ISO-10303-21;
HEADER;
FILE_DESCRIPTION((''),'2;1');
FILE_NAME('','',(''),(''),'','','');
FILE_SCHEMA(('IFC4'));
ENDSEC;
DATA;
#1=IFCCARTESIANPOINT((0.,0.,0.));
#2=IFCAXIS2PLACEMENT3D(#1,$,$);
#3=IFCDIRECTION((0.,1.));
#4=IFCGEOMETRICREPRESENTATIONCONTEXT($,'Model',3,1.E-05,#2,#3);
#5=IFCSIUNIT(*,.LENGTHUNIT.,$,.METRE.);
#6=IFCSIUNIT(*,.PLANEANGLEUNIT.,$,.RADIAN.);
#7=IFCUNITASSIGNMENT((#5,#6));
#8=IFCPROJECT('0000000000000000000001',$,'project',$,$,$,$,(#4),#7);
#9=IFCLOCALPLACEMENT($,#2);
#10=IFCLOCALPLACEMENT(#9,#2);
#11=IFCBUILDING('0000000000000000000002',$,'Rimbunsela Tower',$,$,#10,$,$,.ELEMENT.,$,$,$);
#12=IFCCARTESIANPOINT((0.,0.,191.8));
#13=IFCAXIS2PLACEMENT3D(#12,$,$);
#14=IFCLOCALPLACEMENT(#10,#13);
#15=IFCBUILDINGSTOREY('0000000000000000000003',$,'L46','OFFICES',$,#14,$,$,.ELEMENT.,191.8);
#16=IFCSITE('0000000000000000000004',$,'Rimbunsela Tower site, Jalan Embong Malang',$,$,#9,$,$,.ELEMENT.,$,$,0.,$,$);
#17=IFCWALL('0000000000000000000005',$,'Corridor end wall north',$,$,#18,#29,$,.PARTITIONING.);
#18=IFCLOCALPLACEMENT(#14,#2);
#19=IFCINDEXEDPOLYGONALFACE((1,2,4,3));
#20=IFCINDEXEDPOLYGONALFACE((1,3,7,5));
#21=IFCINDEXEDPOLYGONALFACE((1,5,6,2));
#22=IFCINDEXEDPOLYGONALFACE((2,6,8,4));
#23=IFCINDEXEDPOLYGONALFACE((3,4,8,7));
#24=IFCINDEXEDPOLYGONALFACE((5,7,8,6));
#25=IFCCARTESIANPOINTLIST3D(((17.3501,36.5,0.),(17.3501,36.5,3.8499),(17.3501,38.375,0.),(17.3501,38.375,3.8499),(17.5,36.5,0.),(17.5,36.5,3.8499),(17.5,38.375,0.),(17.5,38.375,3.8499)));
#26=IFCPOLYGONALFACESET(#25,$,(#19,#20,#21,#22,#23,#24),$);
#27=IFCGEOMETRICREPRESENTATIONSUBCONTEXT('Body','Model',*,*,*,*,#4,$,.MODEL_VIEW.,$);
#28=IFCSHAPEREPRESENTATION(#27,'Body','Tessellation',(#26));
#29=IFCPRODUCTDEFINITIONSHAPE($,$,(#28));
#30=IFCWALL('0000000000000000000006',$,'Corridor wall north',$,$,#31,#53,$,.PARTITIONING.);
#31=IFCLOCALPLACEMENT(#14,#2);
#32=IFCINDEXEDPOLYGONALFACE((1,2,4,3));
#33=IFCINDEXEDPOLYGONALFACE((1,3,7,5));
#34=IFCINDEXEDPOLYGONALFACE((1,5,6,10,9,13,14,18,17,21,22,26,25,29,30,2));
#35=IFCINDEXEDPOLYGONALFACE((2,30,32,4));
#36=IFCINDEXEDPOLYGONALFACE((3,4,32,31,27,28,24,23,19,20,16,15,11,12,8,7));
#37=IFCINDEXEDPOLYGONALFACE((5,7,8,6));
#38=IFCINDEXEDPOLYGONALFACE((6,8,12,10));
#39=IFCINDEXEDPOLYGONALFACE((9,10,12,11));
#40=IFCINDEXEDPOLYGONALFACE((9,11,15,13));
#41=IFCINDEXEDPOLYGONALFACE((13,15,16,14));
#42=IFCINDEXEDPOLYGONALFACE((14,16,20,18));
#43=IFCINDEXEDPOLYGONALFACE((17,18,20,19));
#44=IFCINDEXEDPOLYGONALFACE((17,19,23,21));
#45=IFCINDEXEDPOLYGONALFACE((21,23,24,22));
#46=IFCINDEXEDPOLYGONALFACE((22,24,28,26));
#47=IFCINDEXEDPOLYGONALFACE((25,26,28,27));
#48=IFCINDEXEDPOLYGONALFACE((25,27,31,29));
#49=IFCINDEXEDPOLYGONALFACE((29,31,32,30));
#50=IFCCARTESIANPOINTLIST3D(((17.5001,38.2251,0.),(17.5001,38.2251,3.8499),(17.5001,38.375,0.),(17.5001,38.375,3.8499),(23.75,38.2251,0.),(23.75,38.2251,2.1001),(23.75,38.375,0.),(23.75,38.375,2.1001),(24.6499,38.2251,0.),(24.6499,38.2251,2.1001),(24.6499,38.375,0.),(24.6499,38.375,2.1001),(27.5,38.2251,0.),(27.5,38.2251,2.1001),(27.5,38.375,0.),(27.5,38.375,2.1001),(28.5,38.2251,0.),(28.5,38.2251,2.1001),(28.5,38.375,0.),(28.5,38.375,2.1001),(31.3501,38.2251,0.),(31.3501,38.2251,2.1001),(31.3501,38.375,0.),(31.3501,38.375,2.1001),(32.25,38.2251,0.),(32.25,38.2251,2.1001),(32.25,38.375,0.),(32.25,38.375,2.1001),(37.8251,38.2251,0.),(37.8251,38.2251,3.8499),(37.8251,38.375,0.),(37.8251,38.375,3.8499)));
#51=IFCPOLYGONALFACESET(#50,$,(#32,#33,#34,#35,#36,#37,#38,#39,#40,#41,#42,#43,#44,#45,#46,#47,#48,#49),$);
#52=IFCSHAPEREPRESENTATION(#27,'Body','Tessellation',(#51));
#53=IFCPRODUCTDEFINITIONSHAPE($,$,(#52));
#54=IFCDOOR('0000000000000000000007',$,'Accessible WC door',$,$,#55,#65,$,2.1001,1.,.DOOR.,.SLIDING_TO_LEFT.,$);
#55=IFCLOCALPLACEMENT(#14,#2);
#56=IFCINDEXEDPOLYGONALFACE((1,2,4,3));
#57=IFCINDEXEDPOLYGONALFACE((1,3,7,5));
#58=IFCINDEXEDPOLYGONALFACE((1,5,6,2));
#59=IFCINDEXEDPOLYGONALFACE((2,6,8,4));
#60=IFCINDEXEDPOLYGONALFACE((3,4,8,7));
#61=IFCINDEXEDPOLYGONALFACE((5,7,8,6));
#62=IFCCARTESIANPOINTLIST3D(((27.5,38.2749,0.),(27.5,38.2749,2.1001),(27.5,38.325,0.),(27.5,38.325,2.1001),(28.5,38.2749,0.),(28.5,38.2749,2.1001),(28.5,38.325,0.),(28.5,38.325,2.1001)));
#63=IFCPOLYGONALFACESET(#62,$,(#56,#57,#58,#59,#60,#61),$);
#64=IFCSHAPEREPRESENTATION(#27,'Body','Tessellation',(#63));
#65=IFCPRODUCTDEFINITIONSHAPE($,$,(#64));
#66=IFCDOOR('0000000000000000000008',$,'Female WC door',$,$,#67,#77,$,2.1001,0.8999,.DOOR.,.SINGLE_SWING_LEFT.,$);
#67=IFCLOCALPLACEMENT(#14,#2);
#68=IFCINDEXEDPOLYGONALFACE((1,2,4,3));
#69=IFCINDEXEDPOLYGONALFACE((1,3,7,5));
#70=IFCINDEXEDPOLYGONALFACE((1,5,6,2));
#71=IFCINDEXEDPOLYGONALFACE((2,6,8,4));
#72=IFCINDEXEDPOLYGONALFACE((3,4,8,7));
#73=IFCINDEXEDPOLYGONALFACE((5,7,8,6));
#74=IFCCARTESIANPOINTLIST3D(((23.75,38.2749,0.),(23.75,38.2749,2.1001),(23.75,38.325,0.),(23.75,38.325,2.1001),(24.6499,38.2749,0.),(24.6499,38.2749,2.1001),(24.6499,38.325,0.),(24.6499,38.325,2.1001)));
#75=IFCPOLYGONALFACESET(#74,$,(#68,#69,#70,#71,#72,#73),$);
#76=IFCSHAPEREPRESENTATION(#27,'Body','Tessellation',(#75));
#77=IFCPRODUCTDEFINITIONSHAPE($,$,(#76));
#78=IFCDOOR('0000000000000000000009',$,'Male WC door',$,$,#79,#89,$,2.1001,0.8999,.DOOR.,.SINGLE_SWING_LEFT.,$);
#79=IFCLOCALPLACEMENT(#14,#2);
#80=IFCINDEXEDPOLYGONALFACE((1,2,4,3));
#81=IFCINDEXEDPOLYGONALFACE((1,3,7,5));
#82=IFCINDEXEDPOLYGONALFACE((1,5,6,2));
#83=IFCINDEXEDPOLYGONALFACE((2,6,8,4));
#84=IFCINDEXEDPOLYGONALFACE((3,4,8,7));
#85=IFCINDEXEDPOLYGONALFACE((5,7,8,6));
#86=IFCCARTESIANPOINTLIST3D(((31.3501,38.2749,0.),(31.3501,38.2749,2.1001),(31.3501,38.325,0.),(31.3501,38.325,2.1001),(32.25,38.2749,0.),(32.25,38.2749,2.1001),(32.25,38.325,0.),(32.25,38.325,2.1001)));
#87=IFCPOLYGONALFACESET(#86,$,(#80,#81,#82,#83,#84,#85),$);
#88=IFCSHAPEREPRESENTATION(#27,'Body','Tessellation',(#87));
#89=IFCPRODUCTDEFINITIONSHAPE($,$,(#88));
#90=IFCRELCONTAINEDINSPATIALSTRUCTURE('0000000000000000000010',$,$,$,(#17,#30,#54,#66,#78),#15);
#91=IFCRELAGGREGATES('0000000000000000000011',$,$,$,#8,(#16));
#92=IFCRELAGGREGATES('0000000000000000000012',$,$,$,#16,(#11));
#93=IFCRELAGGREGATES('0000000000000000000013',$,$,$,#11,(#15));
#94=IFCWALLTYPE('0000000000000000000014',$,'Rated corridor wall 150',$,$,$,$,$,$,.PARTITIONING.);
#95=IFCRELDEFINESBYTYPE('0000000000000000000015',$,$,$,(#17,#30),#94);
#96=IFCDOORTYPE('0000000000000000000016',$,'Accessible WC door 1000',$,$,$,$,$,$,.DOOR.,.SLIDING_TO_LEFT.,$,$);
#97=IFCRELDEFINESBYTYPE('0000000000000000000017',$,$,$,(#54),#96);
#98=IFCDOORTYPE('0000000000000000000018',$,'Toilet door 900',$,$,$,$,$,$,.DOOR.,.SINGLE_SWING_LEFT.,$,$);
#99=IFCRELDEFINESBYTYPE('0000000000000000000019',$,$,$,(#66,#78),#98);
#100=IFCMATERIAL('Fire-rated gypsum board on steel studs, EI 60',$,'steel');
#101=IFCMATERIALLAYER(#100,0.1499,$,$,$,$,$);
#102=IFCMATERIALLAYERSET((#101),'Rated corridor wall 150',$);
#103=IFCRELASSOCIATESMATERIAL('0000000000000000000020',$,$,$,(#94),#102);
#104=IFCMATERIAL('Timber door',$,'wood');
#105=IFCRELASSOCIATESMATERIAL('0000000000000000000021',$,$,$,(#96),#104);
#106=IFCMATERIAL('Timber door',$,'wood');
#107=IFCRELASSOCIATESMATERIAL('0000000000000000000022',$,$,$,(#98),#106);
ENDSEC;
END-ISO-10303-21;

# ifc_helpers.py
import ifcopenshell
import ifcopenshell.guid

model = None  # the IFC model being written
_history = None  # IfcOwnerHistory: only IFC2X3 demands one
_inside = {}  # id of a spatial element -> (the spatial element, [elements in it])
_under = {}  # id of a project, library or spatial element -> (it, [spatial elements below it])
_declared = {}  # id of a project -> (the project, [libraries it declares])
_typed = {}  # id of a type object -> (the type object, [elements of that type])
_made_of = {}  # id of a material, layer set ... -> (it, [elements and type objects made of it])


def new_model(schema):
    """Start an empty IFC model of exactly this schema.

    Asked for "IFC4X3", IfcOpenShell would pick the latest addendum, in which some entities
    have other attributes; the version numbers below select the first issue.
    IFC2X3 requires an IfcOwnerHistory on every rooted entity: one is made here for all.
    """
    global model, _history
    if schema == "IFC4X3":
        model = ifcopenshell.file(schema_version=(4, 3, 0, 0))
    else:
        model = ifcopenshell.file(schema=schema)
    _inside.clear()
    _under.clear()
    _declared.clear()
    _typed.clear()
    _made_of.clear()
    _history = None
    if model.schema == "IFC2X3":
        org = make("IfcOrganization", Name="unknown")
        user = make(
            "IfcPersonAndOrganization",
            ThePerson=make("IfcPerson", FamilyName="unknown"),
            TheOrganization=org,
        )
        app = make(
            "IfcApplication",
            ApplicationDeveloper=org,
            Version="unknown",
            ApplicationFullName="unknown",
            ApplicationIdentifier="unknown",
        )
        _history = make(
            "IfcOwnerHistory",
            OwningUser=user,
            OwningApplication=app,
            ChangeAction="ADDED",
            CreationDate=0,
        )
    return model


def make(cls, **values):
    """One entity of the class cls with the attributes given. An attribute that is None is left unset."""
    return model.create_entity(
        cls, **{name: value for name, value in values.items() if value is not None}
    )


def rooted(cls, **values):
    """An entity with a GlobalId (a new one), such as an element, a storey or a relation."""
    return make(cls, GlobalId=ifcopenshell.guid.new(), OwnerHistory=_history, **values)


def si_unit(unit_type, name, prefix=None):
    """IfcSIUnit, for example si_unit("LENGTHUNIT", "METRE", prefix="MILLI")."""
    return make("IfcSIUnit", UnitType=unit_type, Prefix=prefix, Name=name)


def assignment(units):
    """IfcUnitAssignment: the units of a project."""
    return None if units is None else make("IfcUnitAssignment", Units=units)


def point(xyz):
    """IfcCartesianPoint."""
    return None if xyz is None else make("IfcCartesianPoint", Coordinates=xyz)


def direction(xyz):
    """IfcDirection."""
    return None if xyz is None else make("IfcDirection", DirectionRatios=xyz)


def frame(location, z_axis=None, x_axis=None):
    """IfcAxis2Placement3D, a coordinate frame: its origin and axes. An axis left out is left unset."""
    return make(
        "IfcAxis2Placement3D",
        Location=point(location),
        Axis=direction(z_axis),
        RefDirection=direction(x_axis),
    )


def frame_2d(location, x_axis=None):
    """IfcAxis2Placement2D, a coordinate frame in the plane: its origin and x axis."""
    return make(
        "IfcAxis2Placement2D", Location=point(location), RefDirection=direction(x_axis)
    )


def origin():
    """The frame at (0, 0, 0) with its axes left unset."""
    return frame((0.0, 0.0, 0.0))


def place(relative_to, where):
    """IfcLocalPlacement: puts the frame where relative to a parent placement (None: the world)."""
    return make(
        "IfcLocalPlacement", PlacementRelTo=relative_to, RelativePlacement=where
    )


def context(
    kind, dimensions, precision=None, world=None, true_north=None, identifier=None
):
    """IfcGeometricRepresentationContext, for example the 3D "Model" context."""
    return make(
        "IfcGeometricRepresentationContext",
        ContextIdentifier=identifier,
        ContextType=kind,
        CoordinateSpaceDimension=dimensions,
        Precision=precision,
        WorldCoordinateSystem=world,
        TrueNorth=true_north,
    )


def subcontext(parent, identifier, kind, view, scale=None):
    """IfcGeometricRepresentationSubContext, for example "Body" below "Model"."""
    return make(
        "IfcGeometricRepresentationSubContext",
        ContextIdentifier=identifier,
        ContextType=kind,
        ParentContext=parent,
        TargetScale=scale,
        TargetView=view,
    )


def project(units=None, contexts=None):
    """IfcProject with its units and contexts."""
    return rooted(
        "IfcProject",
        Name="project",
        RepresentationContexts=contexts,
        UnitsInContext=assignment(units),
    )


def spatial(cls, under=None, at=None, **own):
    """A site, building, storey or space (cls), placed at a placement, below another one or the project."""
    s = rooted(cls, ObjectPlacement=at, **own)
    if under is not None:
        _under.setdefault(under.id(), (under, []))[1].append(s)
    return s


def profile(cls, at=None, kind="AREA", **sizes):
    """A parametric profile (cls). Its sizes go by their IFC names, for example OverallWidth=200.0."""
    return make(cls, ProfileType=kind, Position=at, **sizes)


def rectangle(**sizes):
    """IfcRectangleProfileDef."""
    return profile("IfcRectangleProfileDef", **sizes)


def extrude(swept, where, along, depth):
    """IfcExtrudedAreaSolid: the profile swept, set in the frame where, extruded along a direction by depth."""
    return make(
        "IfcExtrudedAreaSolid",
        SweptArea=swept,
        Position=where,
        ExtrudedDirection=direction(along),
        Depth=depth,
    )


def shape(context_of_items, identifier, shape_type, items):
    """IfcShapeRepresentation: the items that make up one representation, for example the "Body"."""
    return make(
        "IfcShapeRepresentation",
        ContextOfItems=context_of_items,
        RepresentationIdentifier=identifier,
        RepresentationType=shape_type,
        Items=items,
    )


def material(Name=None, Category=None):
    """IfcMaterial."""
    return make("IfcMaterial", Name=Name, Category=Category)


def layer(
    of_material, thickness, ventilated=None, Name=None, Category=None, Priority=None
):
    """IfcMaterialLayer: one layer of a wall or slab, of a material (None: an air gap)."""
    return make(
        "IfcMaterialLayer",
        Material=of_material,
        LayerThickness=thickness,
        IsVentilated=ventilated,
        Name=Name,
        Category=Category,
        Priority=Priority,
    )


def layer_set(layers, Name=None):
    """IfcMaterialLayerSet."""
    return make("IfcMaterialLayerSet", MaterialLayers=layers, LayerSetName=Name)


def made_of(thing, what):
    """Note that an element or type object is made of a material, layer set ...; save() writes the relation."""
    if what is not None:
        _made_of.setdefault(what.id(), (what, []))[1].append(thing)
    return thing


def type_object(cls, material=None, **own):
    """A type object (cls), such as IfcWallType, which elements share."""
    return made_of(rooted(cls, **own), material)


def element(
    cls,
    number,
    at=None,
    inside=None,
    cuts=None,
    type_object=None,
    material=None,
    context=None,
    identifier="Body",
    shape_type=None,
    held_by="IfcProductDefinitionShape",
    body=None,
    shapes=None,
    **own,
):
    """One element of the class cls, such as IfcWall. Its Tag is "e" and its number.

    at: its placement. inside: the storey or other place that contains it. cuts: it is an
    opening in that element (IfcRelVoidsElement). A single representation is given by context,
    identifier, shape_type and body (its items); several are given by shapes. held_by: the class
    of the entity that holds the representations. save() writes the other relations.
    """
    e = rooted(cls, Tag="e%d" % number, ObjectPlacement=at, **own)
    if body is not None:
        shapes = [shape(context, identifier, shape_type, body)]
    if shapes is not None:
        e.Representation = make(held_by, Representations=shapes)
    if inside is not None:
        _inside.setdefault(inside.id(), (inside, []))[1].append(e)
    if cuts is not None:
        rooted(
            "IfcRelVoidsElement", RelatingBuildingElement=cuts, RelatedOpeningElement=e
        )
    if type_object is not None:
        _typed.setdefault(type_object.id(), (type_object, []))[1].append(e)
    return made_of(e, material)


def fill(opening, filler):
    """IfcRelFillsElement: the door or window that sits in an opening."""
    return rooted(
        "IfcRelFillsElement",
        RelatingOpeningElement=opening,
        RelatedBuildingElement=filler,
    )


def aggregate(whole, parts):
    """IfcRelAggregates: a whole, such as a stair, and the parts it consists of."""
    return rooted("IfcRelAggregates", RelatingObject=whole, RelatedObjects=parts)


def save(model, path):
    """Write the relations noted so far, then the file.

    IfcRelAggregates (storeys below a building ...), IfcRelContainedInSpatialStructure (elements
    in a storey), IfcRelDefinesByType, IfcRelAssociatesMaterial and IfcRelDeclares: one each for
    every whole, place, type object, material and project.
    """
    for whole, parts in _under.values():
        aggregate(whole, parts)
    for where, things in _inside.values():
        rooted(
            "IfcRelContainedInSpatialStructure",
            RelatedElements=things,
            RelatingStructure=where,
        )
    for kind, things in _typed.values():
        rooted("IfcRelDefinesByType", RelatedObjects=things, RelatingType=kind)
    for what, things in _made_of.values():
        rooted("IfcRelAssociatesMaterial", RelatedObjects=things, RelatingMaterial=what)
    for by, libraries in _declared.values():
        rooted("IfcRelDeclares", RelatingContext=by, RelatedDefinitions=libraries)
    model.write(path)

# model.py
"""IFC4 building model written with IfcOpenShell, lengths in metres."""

from ifc_helpers import new_model, si_unit, direction, frame, frame_2d, origin, place, context, subcontext, project, spatial, rectangle, extrude, material, layer, layer_set, type_object, element, fill, save


model = new_model("IFC4")

# Units and contexts
model_context = context("Model", 3, precision=1e-05, world=origin(), true_north=direction((0.0, 1.0)))
body_context = subcontext(model_context, "Body", "Model", "MODEL_VIEW")
ifc_project = project(units=[si_unit("LENGTHUNIT", "METRE"), si_unit("PLANEANGLEUNIT", "RADIAN")], contexts=[model_context])

# Site, building, storey
site_placement = place(None, origin())
site = spatial("IfcSite", under=ifc_project, at=site_placement, Name="Rimbunsela Tower site, Jalan Embong Malang", CompositionType="ELEMENT", RefElevation=0.0)
building_placement = place(site_placement, origin())
building = spatial("IfcBuilding", under=site, at=building_placement, Name="Rimbunsela Tower", CompositionType="ELEMENT")
storey_placement = place(building_placement, frame((0.0, 0.0, 191.8)))
storey = spatial("IfcBuildingStorey", under=building, at=storey_placement, Name="L46", Description="OFFICES", CompositionType="ELEMENT", Elevation=191.8)

# Wall
ifc_material_1 = material(Name="Fire-rated gypsum board on steel studs, EI 60", Category="steel")
ifc_layer_1 = layer(ifc_material_1, 0.1499)
ifc_layer_set_1 = layer_set([ifc_layer_1], Name="Rated corridor wall 150")
wall_type_1 = type_object("IfcWallType", Name="Rated corridor wall 150", PredefinedType="PARTITIONING", material=ifc_layer_set_1)
wall_1_placement = place(storey_placement, frame((17.425, 36.5, 0.0), z_axis=(0.0, 0.0, 1.0), x_axis=(0.0, 1.0, 0.0)))
element("IfcWall", 1, at=wall_1_placement, inside=storey, type_object=wall_type_1, Name="Corridor end wall north", PredefinedType="PARTITIONING", context=body_context, shape_type="SweptSolid", body=[
    extrude(rectangle(XDim=1.875, YDim=0.1499, at=frame_2d((0.9375, 0.0))), origin(), (0.0, 0.0, 1.0), 3.8499),
])

# Wall, openings, doors
wall_2_placement = place(storey_placement, frame((17.5, 38.3, 0.0), z_axis=(0.0, 0.0, 1.0), x_axis=(1.0, 0.0, 0.0)))
wall_2 = element("IfcWall", 2, at=wall_2_placement, inside=storey, type_object=wall_type_1, Name="Corridor wall north", PredefinedType="PARTITIONING", context=body_context, shape_type="SweptSolid", body=[
    extrude(rectangle(XDim=20.325, YDim=0.1499, at=frame_2d((10.1626, 0.0))), origin(), (0.0, 0.0, 1.0), 3.8499),
])
opening_1_placement = place(wall_2_placement, frame((6.25, 0.0, 0.0)))
opening_1 = element("IfcOpeningElement", 3, at=opening_1_placement, cuts=wall_2, PredefinedType="OPENING", context=body_context, shape_type="SweptSolid", body=[
    extrude(rectangle(XDim=0.8999, YDim=2.1001, at=frame_2d((0.45, 1.05))), frame((0.0, 0.085, 0.0), z_axis=(0.0, -1.0, 0.0), x_axis=(1.0, 0.0, 0.0)), (0.0, 0.0, 1.0), 0.1699),
])
opening_2_placement = place(wall_2_placement, frame((10.0, 0.0, 0.0)))
opening_2 = element("IfcOpeningElement", 4, at=opening_2_placement, cuts=wall_2, PredefinedType="OPENING", context=body_context, shape_type="SweptSolid", body=[
    extrude(rectangle(XDim=1.0, YDim=2.1001, at=frame_2d((0.5, 1.05))), frame((0.0, 0.085, 0.0), z_axis=(0.0, -1.0, 0.0), x_axis=(1.0, 0.0, 0.0)), (0.0, 0.0, 1.0), 0.1699),
])
opening_3_placement = place(wall_2_placement, frame((13.8501, 0.0, 0.0)))
opening_3 = element("IfcOpeningElement", 5, at=opening_3_placement, cuts=wall_2, PredefinedType="OPENING", context=body_context, shape_type="SweptSolid", body=[
    extrude(rectangle(XDim=0.8999, YDim=2.1001, at=frame_2d((0.45, 1.05))), frame((0.0, 0.085, 0.0), z_axis=(0.0, -1.0, 0.0), x_axis=(1.0, 0.0, 0.0)), (0.0, 0.0, 1.0), 0.1699),
])
ifc_material_2 = material(Name="Timber door", Category="wood")
door_type_1 = type_object("IfcDoorType", Name="Accessible WC door 1000", OperationType="SLIDING_TO_LEFT", PredefinedType="DOOR", material=ifc_material_2)
door_1_placement = place(opening_2_placement, origin())
door_1 = element("IfcDoor", 6, at=door_1_placement, inside=storey, type_object=door_type_1, Name="Accessible WC door", OperationType="SLIDING_TO_LEFT", OverallHeight=2.1001, OverallWidth=1.0, PredefinedType="DOOR", context=body_context, shape_type="SweptSolid", body=[
    extrude(rectangle(XDim=1.0, YDim=2.1001, at=frame_2d((0.5, 1.05))), frame((0.0, 0.0249, 0.0), z_axis=(0.0, -1.0, 0.0), x_axis=(1.0, 0.0, 0.0)), (0.0, 0.0, 1.0), 0.05),
])
fill(opening_2, door_1)
ifc_material_3 = material(Name="Timber door", Category="wood")
door_type_2 = type_object("IfcDoorType", Name="Toilet door 900", OperationType="SINGLE_SWING_LEFT", PredefinedType="DOOR", material=ifc_material_3)
door_2_placement = place(opening_1_placement, origin())
door_2 = element("IfcDoor", 7, at=door_2_placement, inside=storey, type_object=door_type_2, Name="Female WC door", OperationType="SINGLE_SWING_LEFT", OverallHeight=2.1001, OverallWidth=0.8999, PredefinedType="DOOR", context=body_context, shape_type="SweptSolid", body=[
    extrude(rectangle(XDim=0.8999, YDim=2.1001, at=frame_2d((0.45, 1.05))), frame((0.0, 0.0249, 0.0), z_axis=(0.0, -1.0, 0.0), x_axis=(1.0, 0.0, 0.0)), (0.0, 0.0, 1.0), 0.05),
])
fill(opening_1, door_2)
door_3_placement = place(opening_3_placement, origin())
door_3 = element("IfcDoor", 8, at=door_3_placement, inside=storey, type_object=door_type_2, Name="Male WC door", OperationType="SINGLE_SWING_LEFT", OverallHeight=2.1001, OverallWidth=0.8999, PredefinedType="DOOR", context=body_context, shape_type="SweptSolid", body=[
    extrude(rectangle(XDim=0.8999, YDim=2.1001, at=frame_2d((0.45, 1.05))), frame((0.0, 0.0249, 0.0), z_axis=(0.0, -1.0, 0.0), x_axis=(1.0, 0.0, 0.0)), (0.0, 0.0, 1.0), 0.05),
])
fill(opening_3, door_3)

save(model, "model.ifc")
